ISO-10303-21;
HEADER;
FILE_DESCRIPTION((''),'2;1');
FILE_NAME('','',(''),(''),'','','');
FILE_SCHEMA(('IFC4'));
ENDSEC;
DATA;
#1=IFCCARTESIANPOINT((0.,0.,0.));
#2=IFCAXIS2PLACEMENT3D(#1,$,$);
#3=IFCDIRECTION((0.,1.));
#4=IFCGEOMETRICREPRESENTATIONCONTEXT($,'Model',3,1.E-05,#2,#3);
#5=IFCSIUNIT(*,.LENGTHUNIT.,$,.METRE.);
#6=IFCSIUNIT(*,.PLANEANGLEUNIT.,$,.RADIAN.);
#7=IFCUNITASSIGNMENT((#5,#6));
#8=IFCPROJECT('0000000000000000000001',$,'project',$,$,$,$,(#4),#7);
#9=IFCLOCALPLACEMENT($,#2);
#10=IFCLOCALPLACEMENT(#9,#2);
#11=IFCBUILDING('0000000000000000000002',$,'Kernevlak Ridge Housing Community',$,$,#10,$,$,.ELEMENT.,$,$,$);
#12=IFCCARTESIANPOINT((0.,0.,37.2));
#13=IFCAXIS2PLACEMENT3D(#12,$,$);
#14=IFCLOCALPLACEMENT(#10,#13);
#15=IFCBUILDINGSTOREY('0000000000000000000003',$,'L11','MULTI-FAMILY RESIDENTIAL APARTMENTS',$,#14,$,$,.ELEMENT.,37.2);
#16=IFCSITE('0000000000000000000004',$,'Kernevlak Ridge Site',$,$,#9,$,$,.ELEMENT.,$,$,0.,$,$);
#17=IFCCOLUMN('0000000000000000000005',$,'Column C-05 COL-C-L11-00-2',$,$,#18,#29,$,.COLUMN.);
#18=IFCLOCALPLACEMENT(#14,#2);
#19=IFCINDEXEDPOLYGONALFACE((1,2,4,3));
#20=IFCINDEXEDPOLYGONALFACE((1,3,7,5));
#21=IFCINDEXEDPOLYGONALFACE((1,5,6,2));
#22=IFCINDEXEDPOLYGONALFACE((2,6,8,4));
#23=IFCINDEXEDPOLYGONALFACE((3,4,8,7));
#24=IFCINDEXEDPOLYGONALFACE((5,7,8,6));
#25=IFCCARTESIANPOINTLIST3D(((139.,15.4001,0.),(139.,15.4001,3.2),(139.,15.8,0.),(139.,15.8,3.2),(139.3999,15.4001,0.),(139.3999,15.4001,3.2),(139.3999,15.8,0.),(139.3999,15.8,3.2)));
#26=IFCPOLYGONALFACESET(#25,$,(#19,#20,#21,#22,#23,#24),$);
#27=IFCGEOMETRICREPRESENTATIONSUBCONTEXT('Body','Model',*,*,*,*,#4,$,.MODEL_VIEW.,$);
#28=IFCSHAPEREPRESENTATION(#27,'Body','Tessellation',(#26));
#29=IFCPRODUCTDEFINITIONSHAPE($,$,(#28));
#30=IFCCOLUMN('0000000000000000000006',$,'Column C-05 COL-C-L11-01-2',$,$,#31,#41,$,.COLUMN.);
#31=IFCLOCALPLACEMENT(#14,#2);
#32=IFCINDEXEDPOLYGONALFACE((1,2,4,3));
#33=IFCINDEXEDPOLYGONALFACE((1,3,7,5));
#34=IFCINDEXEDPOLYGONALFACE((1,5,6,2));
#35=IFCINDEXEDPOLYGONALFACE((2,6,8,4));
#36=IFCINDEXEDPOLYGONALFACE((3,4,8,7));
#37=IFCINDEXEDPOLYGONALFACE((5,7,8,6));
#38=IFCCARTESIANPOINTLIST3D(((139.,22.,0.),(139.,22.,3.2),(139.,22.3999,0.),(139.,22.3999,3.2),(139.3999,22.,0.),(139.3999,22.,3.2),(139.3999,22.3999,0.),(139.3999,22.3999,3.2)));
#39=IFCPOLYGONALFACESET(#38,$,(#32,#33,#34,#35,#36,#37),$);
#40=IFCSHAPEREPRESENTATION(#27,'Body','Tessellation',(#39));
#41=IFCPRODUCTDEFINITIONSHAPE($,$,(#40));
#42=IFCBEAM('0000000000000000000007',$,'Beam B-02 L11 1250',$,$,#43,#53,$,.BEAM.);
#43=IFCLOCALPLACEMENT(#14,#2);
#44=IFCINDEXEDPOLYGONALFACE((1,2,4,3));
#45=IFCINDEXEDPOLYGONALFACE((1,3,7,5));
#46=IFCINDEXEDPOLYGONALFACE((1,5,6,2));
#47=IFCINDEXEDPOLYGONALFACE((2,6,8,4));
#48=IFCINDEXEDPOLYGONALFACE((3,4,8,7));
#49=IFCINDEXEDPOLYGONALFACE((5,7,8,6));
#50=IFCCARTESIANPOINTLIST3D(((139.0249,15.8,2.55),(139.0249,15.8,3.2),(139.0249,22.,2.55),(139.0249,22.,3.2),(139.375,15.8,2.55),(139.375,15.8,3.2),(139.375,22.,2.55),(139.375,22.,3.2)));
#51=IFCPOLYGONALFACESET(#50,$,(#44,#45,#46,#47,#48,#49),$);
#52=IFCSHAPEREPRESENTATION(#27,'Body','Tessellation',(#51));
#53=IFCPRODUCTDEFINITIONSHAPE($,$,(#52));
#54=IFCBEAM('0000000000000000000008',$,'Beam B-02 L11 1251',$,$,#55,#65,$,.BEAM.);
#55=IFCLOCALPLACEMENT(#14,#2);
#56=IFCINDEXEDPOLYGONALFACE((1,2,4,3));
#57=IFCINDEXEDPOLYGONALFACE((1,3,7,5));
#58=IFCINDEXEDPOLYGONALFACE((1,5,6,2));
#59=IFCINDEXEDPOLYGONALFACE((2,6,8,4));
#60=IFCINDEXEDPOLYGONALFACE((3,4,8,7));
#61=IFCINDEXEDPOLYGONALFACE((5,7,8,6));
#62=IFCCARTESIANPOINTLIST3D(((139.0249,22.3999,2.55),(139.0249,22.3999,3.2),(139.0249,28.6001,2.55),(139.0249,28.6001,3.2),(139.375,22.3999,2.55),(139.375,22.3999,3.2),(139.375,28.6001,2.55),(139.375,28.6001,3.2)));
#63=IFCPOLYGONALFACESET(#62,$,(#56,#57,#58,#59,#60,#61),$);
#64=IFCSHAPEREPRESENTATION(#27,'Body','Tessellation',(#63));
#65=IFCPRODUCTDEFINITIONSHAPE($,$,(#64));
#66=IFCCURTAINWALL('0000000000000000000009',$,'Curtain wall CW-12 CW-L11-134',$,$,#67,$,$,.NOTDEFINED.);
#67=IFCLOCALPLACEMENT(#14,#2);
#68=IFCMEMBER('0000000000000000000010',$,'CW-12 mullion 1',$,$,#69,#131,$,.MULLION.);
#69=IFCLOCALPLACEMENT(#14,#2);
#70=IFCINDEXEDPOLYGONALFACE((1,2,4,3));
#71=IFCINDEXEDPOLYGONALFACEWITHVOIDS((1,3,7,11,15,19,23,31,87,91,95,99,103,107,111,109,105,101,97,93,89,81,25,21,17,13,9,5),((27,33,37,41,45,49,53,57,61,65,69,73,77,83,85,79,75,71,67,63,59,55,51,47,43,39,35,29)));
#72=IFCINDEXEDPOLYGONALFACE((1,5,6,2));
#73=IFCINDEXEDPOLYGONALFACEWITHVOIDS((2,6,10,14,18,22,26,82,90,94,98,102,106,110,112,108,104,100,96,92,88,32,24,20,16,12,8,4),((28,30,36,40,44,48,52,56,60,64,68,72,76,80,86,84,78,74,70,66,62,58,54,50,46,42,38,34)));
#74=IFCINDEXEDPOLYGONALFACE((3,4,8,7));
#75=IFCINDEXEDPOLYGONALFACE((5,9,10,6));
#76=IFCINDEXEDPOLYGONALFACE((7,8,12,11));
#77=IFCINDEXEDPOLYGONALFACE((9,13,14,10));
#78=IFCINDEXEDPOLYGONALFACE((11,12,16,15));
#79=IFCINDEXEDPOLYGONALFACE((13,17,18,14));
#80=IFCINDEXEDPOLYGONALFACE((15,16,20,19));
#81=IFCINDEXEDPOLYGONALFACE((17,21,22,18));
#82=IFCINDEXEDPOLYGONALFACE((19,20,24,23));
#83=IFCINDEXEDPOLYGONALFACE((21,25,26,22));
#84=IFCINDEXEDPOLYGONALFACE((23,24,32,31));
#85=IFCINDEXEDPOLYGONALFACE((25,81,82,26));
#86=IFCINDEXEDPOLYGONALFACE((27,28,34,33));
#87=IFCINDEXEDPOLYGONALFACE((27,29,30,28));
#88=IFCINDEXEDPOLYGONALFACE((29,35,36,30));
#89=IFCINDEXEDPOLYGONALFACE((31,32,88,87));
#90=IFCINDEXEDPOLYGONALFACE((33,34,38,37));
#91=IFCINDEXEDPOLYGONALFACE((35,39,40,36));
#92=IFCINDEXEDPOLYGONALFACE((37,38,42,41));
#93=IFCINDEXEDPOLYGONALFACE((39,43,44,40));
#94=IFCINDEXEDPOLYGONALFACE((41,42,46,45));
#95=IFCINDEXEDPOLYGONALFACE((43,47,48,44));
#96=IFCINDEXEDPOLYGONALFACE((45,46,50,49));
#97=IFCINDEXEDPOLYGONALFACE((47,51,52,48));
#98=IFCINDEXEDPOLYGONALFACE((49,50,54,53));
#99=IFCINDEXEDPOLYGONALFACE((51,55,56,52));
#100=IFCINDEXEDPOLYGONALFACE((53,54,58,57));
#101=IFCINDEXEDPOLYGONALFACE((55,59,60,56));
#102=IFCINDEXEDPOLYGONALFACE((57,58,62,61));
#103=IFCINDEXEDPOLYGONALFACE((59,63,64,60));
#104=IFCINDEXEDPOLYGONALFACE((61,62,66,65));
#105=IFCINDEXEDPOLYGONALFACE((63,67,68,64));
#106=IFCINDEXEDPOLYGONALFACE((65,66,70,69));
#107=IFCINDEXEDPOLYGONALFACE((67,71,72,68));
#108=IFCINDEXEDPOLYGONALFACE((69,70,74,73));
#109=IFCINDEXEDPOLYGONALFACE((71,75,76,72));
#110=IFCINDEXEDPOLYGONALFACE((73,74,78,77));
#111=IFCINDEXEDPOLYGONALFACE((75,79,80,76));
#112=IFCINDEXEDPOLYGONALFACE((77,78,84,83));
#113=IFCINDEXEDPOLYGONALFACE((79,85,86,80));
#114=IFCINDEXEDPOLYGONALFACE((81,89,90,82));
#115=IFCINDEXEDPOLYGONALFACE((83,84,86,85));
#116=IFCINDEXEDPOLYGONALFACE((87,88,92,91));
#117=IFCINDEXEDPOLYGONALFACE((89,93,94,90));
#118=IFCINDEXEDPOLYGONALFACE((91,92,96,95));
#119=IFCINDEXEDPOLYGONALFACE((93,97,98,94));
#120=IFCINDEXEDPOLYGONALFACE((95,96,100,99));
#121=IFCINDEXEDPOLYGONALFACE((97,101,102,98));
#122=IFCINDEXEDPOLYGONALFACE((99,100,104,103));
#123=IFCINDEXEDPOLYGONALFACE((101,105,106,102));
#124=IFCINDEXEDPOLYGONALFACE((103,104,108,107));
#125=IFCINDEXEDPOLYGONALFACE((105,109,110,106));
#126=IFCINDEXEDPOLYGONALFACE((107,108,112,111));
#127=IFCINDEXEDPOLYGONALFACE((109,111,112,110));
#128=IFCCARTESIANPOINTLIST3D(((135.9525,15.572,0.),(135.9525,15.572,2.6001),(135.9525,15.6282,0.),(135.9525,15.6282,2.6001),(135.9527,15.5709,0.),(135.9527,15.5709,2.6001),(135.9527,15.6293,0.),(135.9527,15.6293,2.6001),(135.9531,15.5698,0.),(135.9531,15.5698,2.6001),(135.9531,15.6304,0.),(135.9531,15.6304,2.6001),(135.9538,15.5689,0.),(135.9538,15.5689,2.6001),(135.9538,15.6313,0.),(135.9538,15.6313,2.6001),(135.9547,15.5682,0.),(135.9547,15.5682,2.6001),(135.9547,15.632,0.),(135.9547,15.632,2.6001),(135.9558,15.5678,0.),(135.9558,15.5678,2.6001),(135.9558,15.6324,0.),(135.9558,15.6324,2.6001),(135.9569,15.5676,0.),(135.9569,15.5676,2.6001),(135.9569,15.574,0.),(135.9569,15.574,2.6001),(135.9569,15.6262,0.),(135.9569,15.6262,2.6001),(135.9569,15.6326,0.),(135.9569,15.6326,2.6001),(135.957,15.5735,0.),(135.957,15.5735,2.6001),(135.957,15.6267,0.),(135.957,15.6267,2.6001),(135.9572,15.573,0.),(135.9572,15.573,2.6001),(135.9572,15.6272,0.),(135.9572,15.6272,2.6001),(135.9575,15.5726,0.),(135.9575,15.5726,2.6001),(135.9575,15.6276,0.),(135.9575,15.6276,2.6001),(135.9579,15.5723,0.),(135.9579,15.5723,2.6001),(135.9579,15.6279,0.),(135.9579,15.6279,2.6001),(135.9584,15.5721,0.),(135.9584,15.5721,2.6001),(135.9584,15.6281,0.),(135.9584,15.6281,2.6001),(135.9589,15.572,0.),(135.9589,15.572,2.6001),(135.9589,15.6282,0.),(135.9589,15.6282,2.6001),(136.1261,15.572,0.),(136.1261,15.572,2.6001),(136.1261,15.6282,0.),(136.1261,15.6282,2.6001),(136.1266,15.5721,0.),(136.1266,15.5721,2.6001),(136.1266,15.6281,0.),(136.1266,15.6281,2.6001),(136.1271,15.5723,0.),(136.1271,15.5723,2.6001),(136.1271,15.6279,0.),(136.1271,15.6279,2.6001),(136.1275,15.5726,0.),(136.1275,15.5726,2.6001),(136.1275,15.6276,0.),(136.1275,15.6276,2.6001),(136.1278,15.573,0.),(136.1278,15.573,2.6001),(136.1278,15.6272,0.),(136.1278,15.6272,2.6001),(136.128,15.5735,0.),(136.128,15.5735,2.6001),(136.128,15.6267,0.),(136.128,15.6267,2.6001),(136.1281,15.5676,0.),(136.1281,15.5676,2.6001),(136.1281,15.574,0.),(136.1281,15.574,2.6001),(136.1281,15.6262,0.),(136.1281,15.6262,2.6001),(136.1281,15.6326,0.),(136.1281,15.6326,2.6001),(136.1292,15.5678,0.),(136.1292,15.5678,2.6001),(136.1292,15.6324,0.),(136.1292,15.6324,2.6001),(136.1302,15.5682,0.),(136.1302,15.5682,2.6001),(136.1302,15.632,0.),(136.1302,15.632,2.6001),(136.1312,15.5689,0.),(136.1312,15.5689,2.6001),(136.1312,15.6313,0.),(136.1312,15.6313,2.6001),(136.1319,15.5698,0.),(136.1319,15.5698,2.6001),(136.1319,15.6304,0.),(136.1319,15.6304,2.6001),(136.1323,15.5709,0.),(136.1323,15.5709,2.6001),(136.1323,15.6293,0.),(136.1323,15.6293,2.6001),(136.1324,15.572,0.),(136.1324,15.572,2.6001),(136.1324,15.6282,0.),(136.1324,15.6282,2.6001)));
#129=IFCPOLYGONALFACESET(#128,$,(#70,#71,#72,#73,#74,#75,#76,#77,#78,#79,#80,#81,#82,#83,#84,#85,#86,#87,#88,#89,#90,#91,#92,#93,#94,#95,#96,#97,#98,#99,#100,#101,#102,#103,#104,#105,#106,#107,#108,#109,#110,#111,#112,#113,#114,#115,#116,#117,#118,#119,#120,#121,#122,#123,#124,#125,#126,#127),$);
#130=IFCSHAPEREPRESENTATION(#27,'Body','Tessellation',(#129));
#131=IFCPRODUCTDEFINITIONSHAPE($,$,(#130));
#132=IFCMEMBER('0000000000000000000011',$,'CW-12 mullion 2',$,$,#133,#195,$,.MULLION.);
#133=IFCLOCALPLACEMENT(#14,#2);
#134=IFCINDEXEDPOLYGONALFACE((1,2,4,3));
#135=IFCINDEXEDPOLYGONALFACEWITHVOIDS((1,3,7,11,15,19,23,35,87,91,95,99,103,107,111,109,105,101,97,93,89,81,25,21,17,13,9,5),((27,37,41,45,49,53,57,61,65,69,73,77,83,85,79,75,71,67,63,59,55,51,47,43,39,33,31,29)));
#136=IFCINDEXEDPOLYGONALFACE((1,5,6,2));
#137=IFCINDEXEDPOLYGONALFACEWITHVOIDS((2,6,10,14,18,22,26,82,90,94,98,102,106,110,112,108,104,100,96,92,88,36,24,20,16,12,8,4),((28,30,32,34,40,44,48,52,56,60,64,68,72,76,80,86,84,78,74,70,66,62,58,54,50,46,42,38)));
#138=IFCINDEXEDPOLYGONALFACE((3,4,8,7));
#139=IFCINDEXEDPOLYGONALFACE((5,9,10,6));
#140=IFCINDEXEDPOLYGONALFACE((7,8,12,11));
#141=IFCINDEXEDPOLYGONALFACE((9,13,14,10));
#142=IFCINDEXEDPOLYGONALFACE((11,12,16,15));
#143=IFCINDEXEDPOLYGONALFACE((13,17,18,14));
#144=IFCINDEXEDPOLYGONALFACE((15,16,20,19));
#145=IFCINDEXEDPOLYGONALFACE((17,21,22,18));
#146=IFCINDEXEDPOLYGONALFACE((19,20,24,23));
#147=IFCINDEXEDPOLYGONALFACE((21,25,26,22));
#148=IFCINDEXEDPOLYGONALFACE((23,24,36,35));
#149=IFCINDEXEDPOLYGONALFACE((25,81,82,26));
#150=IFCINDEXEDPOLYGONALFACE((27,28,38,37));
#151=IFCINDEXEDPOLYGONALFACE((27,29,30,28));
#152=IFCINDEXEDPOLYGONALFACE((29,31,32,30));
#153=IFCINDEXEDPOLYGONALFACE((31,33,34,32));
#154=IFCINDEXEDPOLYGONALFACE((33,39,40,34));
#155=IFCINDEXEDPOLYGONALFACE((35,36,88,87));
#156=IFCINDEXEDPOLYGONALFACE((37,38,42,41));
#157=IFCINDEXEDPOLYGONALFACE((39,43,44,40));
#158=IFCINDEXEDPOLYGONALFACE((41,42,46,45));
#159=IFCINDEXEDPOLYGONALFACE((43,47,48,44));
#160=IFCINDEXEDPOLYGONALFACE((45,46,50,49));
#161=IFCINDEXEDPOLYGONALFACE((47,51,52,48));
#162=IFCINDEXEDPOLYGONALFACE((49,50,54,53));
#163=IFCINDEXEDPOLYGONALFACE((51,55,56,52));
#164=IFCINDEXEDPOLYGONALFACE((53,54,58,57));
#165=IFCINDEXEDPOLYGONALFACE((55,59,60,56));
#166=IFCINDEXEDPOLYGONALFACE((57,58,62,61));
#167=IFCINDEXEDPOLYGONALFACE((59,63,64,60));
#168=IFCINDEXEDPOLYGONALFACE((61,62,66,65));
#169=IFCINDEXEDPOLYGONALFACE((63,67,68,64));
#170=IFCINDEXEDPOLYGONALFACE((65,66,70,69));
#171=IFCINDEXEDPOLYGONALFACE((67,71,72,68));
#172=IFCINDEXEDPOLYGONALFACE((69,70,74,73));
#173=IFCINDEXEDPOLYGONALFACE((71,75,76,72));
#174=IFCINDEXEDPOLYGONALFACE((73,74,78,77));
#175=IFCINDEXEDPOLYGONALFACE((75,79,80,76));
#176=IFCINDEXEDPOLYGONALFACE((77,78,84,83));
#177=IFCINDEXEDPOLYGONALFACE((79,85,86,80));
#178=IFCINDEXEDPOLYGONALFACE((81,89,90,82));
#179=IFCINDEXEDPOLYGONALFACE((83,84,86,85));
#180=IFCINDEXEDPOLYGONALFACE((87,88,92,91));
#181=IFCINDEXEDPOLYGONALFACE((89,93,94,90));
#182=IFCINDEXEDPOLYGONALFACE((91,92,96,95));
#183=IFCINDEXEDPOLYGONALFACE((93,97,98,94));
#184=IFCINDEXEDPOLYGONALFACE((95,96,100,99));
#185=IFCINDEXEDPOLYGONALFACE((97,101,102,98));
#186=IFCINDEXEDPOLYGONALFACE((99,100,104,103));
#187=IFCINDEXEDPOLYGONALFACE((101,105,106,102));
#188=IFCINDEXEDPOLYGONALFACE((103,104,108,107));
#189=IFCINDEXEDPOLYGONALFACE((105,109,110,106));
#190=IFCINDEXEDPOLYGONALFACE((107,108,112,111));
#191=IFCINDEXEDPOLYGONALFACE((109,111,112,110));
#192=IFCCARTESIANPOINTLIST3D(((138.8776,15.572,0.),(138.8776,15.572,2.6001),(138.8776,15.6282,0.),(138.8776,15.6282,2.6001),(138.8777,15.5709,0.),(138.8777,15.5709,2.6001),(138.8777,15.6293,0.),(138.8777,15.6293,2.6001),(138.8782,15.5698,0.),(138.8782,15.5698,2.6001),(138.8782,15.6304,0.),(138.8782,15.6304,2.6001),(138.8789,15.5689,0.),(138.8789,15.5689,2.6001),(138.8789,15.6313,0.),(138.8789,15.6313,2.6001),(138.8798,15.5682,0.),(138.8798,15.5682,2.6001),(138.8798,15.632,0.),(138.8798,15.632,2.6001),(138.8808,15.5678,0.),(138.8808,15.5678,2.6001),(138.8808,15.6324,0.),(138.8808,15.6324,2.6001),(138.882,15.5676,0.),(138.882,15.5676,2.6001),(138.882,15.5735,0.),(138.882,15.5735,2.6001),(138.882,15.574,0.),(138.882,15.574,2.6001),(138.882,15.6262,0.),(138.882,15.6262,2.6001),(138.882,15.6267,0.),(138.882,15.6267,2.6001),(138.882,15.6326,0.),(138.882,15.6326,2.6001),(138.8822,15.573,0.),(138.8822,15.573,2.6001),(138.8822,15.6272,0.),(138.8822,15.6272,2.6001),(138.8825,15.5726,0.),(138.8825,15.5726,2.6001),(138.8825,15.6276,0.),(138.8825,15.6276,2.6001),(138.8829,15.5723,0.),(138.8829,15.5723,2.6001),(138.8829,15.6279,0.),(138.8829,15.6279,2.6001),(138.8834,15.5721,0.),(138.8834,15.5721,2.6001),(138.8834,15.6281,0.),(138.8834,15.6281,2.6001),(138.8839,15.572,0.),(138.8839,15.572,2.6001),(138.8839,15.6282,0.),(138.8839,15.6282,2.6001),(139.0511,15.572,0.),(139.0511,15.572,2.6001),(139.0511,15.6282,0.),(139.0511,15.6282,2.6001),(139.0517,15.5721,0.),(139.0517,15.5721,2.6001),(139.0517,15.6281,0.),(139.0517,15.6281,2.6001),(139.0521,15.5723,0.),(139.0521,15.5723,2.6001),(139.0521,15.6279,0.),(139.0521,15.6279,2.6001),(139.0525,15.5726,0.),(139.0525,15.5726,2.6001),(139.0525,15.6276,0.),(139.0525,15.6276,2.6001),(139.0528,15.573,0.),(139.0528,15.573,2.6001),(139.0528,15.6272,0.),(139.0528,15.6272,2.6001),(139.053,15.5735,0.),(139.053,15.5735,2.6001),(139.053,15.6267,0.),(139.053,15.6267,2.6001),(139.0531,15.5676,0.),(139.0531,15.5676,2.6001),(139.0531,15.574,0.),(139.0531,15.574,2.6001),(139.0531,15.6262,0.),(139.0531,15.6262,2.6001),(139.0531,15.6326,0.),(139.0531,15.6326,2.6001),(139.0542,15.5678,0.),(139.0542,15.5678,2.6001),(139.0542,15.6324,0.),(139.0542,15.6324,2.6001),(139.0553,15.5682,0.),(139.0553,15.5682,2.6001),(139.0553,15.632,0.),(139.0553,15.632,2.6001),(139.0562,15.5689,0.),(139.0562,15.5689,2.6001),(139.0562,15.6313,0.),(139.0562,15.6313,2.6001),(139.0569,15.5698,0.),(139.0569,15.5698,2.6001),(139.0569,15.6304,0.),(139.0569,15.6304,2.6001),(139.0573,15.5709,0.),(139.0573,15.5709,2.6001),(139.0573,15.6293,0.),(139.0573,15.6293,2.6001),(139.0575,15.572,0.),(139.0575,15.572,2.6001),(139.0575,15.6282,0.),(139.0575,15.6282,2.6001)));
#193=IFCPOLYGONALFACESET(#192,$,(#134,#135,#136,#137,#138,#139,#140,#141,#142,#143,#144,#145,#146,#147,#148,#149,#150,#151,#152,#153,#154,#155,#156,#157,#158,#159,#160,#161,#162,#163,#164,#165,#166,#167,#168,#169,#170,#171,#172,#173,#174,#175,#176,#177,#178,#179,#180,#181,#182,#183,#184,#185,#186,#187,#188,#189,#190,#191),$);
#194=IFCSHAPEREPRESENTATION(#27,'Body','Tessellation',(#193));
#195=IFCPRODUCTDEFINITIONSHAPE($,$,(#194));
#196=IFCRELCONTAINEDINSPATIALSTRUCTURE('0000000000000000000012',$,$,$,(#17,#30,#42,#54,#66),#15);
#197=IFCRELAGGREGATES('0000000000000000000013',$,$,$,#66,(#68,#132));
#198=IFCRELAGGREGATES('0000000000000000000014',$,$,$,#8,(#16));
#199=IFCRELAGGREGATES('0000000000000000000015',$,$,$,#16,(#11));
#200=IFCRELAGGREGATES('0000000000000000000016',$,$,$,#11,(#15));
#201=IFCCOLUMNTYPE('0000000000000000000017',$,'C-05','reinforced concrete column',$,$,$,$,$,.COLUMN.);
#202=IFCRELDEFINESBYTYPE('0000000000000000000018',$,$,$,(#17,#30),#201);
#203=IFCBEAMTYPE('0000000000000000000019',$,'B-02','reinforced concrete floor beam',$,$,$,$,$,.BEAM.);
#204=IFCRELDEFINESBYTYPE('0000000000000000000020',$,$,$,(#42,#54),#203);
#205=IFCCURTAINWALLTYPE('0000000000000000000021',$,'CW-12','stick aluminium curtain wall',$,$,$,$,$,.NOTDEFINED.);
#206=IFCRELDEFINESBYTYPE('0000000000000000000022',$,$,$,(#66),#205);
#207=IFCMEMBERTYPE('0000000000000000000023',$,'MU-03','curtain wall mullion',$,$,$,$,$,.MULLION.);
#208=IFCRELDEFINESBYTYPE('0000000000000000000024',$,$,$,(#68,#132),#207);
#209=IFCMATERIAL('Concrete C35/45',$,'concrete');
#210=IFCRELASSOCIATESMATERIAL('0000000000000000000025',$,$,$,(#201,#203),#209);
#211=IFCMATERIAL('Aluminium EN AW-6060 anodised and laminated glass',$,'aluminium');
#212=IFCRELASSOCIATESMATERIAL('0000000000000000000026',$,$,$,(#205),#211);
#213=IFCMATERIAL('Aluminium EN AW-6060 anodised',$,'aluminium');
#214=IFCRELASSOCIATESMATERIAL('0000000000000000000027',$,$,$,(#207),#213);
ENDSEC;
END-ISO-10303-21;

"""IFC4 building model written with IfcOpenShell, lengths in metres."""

from ifc_helpers import new_model, si_unit, direction, frame, origin, origin_2d, place, context, subcontext, project, spatial, rectangle, hollow_rectangle, extrude, material, material_profile, profile_set, type_object, element, aggregate, save


model = new_model("IFC4")

# Units and contexts
model_context = context("Model", 3, precision=1e-05, world=origin(), true_north=direction((0.0, 1.0)))
body_context = subcontext(model_context, "Body", "Model", "MODEL_VIEW")
ifc_project = project(units=[si_unit("LENGTHUNIT", "METRE"), si_unit("PLANEANGLEUNIT", "RADIAN")], contexts=[model_context])

# Site, building, storey
site_placement = place(None, origin())
site = spatial("IfcSite", under=ifc_project, at=site_placement, Name="Kernevlak Ridge Site", CompositionType="ELEMENT", RefElevation=0.0)
building_placement = place(site_placement, origin())
building = spatial("IfcBuilding", under=site, at=building_placement, Name="Kernevlak Ridge Housing Community", CompositionType="ELEMENT")
storey_placement = place(building_placement, frame((0.0, 0.0, 37.2)))
storey = spatial("IfcBuildingStorey", under=building, at=storey_placement, Name="L11", Description="MULTI-FAMILY RESIDENTIAL APARTMENTS", CompositionType="ELEMENT", Elevation=37.2)

# Columns
ifc_material_1 = material(Name="Concrete C35/45", Category="concrete")
ifc_material_profile_1 = material_profile(ifc_material_1, rectangle(XDim=0.3999, YDim=0.3999, at=origin_2d()), Name="RC 400x400")
ifc_profile_set_1 = profile_set([ifc_material_profile_1], Name="Concrete C35/45")
column_type = type_object("IfcColumnType", Name="C-05", Description="reinforced concrete column", PredefinedType="COLUMN", material=ifc_profile_set_1)
for number, where, z_axis, x_axis, name in (
    (1, (139.2, 15.6001, 0.0), (0.0, 0.0, 1.0), (1.0, 0.0, 0.0), "Column C-05 COL-C-L11-00-2"),
    (2, (139.2, 22.2, 0.0), (0.0, 0.0, 1.0), (1.0, 0.0, 0.0), "Column C-05 COL-C-L11-01-2"),
):
    element("IfcColumn", number, at=place(storey_placement, frame(where, z_axis=z_axis, x_axis=x_axis)), inside=storey, type_object=column_type, Name=name, PredefinedType="COLUMN", context=body_context, shape_type="SweptSolid", body=[
        extrude(rectangle(XDim=0.3999, YDim=0.3999, at=origin_2d()), origin(), (0.0, 0.0, 1.0), 3.2),
    ])

# Beams
ifc_material_profile_2 = material_profile(ifc_material_1, rectangle(XDim=0.3501, YDim=0.6499, at=origin_2d()), Name="RC 350x650")
ifc_profile_set_2 = profile_set([ifc_material_profile_2], Name="Concrete C35/45")
beam_type = type_object("IfcBeamType", Name="B-02", Description="reinforced concrete floor beam", PredefinedType="BEAM", material=ifc_profile_set_2)
beam_1_placement = place(storey_placement, frame((139.2, 15.8, 2.875), z_axis=(0.0, 1.0, 0.0), x_axis=(-1.0, 0.0, 0.0)))
element("IfcBeam", 3, at=beam_1_placement, inside=storey, type_object=beam_type, Name="Beam B-02 L11 1250", PredefinedType="BEAM", context=body_context, shape_type="SweptSolid", body=[
    extrude(rectangle(XDim=0.3501, YDim=0.6499, at=origin_2d()), origin(), (0.0, 0.0, 1.0), 6.2),
])
beam_2_placement = place(storey_placement, frame((139.2, 22.3999, 2.875), z_axis=(0.0, 1.0, 0.0), x_axis=(-1.0, 0.0, 0.0)))
element("IfcBeam", 4, at=beam_2_placement, inside=storey, type_object=beam_type, Name="Beam B-02 L11 1251", PredefinedType="BEAM", context=body_context, shape_type="SweptSolid", body=[
    extrude(rectangle(XDim=0.3501, YDim=0.6499, at=origin_2d()), origin(), (0.0, 0.0, 1.0), 6.2002),
])

# Curtain wall, members
ifc_material_2 = material(Name="Aluminium EN AW-6060 anodised and laminated glass", Category="aluminium")
curtain_wall_type = type_object("IfcCurtainWallType", Name="CW-12", Description="stick aluminium curtain wall", PredefinedType="NOTDEFINED", material=ifc_material_2)
curtain_wall_placement = place(storey_placement, origin())
curtain_wall = element("IfcCurtainWall", 5, at=curtain_wall_placement, inside=storey, type_object=curtain_wall_type, Name="Curtain wall CW-12 CW-L11-134", PredefinedType="NOTDEFINED")
ifc_material_3 = material(Name="Aluminium EN AW-6060 anodised", Category="aluminium")
ifc_material_profile_3 = material_profile(ifc_material_3, hollow_rectangle(XDim=0.0649, YDim=0.1799, WallThickness=0.0044, InnerFilletRadius=0.002, OuterFilletRadius=0.0044, at=origin_2d()), Name="ALU 65x180x4.5")
ifc_profile_set_3 = profile_set([ifc_material_profile_3], Name="Aluminium EN AW-6060 anodised")
member_type_1 = type_object("IfcMemberType", Name="MU-03", Description="curtain wall mullion", PredefinedType="MULLION", material=ifc_profile_set_3)
member_1_placement = place(storey_placement, frame((136.0425, 15.6001, 0.0), z_axis=(0.0, 0.0, 1.0), x_axis=(0.0, 1.0, 0.0)))
member_1 = element("IfcMember", 6, at=member_1_placement, type_object=member_type_1, Name="CW-12 mullion 1", PredefinedType="MULLION", context=body_context, shape_type="SweptSolid", body=[
    extrude(hollow_rectangle(XDim=0.0649, YDim=0.1799, WallThickness=0.0044, InnerFilletRadius=0.002, OuterFilletRadius=0.0044, at=origin_2d()), origin(), (0.0, 0.0, 1.0), 2.6001),
])
member_2_placement = place(storey_placement, frame((138.9675, 15.6001, 0.0), z_axis=(0.0, 0.0, 1.0), x_axis=(0.0, 1.0, 0.0)))
member_2 = element("IfcMember", 7, at=member_2_placement, type_object=member_type_1, Name="CW-12 mullion 2", PredefinedType="MULLION", context=body_context, shape_type="SweptSolid", body=[
    extrude(hollow_rectangle(XDim=0.0649, YDim=0.1799, WallThickness=0.0044, InnerFilletRadius=0.002, OuterFilletRadius=0.0044, at=origin_2d()), origin(), (0.0, 0.0, 1.0), 2.6001),
])
aggregate(curtain_wall, [member_1, member_2])

save(model, "model.ifc")
